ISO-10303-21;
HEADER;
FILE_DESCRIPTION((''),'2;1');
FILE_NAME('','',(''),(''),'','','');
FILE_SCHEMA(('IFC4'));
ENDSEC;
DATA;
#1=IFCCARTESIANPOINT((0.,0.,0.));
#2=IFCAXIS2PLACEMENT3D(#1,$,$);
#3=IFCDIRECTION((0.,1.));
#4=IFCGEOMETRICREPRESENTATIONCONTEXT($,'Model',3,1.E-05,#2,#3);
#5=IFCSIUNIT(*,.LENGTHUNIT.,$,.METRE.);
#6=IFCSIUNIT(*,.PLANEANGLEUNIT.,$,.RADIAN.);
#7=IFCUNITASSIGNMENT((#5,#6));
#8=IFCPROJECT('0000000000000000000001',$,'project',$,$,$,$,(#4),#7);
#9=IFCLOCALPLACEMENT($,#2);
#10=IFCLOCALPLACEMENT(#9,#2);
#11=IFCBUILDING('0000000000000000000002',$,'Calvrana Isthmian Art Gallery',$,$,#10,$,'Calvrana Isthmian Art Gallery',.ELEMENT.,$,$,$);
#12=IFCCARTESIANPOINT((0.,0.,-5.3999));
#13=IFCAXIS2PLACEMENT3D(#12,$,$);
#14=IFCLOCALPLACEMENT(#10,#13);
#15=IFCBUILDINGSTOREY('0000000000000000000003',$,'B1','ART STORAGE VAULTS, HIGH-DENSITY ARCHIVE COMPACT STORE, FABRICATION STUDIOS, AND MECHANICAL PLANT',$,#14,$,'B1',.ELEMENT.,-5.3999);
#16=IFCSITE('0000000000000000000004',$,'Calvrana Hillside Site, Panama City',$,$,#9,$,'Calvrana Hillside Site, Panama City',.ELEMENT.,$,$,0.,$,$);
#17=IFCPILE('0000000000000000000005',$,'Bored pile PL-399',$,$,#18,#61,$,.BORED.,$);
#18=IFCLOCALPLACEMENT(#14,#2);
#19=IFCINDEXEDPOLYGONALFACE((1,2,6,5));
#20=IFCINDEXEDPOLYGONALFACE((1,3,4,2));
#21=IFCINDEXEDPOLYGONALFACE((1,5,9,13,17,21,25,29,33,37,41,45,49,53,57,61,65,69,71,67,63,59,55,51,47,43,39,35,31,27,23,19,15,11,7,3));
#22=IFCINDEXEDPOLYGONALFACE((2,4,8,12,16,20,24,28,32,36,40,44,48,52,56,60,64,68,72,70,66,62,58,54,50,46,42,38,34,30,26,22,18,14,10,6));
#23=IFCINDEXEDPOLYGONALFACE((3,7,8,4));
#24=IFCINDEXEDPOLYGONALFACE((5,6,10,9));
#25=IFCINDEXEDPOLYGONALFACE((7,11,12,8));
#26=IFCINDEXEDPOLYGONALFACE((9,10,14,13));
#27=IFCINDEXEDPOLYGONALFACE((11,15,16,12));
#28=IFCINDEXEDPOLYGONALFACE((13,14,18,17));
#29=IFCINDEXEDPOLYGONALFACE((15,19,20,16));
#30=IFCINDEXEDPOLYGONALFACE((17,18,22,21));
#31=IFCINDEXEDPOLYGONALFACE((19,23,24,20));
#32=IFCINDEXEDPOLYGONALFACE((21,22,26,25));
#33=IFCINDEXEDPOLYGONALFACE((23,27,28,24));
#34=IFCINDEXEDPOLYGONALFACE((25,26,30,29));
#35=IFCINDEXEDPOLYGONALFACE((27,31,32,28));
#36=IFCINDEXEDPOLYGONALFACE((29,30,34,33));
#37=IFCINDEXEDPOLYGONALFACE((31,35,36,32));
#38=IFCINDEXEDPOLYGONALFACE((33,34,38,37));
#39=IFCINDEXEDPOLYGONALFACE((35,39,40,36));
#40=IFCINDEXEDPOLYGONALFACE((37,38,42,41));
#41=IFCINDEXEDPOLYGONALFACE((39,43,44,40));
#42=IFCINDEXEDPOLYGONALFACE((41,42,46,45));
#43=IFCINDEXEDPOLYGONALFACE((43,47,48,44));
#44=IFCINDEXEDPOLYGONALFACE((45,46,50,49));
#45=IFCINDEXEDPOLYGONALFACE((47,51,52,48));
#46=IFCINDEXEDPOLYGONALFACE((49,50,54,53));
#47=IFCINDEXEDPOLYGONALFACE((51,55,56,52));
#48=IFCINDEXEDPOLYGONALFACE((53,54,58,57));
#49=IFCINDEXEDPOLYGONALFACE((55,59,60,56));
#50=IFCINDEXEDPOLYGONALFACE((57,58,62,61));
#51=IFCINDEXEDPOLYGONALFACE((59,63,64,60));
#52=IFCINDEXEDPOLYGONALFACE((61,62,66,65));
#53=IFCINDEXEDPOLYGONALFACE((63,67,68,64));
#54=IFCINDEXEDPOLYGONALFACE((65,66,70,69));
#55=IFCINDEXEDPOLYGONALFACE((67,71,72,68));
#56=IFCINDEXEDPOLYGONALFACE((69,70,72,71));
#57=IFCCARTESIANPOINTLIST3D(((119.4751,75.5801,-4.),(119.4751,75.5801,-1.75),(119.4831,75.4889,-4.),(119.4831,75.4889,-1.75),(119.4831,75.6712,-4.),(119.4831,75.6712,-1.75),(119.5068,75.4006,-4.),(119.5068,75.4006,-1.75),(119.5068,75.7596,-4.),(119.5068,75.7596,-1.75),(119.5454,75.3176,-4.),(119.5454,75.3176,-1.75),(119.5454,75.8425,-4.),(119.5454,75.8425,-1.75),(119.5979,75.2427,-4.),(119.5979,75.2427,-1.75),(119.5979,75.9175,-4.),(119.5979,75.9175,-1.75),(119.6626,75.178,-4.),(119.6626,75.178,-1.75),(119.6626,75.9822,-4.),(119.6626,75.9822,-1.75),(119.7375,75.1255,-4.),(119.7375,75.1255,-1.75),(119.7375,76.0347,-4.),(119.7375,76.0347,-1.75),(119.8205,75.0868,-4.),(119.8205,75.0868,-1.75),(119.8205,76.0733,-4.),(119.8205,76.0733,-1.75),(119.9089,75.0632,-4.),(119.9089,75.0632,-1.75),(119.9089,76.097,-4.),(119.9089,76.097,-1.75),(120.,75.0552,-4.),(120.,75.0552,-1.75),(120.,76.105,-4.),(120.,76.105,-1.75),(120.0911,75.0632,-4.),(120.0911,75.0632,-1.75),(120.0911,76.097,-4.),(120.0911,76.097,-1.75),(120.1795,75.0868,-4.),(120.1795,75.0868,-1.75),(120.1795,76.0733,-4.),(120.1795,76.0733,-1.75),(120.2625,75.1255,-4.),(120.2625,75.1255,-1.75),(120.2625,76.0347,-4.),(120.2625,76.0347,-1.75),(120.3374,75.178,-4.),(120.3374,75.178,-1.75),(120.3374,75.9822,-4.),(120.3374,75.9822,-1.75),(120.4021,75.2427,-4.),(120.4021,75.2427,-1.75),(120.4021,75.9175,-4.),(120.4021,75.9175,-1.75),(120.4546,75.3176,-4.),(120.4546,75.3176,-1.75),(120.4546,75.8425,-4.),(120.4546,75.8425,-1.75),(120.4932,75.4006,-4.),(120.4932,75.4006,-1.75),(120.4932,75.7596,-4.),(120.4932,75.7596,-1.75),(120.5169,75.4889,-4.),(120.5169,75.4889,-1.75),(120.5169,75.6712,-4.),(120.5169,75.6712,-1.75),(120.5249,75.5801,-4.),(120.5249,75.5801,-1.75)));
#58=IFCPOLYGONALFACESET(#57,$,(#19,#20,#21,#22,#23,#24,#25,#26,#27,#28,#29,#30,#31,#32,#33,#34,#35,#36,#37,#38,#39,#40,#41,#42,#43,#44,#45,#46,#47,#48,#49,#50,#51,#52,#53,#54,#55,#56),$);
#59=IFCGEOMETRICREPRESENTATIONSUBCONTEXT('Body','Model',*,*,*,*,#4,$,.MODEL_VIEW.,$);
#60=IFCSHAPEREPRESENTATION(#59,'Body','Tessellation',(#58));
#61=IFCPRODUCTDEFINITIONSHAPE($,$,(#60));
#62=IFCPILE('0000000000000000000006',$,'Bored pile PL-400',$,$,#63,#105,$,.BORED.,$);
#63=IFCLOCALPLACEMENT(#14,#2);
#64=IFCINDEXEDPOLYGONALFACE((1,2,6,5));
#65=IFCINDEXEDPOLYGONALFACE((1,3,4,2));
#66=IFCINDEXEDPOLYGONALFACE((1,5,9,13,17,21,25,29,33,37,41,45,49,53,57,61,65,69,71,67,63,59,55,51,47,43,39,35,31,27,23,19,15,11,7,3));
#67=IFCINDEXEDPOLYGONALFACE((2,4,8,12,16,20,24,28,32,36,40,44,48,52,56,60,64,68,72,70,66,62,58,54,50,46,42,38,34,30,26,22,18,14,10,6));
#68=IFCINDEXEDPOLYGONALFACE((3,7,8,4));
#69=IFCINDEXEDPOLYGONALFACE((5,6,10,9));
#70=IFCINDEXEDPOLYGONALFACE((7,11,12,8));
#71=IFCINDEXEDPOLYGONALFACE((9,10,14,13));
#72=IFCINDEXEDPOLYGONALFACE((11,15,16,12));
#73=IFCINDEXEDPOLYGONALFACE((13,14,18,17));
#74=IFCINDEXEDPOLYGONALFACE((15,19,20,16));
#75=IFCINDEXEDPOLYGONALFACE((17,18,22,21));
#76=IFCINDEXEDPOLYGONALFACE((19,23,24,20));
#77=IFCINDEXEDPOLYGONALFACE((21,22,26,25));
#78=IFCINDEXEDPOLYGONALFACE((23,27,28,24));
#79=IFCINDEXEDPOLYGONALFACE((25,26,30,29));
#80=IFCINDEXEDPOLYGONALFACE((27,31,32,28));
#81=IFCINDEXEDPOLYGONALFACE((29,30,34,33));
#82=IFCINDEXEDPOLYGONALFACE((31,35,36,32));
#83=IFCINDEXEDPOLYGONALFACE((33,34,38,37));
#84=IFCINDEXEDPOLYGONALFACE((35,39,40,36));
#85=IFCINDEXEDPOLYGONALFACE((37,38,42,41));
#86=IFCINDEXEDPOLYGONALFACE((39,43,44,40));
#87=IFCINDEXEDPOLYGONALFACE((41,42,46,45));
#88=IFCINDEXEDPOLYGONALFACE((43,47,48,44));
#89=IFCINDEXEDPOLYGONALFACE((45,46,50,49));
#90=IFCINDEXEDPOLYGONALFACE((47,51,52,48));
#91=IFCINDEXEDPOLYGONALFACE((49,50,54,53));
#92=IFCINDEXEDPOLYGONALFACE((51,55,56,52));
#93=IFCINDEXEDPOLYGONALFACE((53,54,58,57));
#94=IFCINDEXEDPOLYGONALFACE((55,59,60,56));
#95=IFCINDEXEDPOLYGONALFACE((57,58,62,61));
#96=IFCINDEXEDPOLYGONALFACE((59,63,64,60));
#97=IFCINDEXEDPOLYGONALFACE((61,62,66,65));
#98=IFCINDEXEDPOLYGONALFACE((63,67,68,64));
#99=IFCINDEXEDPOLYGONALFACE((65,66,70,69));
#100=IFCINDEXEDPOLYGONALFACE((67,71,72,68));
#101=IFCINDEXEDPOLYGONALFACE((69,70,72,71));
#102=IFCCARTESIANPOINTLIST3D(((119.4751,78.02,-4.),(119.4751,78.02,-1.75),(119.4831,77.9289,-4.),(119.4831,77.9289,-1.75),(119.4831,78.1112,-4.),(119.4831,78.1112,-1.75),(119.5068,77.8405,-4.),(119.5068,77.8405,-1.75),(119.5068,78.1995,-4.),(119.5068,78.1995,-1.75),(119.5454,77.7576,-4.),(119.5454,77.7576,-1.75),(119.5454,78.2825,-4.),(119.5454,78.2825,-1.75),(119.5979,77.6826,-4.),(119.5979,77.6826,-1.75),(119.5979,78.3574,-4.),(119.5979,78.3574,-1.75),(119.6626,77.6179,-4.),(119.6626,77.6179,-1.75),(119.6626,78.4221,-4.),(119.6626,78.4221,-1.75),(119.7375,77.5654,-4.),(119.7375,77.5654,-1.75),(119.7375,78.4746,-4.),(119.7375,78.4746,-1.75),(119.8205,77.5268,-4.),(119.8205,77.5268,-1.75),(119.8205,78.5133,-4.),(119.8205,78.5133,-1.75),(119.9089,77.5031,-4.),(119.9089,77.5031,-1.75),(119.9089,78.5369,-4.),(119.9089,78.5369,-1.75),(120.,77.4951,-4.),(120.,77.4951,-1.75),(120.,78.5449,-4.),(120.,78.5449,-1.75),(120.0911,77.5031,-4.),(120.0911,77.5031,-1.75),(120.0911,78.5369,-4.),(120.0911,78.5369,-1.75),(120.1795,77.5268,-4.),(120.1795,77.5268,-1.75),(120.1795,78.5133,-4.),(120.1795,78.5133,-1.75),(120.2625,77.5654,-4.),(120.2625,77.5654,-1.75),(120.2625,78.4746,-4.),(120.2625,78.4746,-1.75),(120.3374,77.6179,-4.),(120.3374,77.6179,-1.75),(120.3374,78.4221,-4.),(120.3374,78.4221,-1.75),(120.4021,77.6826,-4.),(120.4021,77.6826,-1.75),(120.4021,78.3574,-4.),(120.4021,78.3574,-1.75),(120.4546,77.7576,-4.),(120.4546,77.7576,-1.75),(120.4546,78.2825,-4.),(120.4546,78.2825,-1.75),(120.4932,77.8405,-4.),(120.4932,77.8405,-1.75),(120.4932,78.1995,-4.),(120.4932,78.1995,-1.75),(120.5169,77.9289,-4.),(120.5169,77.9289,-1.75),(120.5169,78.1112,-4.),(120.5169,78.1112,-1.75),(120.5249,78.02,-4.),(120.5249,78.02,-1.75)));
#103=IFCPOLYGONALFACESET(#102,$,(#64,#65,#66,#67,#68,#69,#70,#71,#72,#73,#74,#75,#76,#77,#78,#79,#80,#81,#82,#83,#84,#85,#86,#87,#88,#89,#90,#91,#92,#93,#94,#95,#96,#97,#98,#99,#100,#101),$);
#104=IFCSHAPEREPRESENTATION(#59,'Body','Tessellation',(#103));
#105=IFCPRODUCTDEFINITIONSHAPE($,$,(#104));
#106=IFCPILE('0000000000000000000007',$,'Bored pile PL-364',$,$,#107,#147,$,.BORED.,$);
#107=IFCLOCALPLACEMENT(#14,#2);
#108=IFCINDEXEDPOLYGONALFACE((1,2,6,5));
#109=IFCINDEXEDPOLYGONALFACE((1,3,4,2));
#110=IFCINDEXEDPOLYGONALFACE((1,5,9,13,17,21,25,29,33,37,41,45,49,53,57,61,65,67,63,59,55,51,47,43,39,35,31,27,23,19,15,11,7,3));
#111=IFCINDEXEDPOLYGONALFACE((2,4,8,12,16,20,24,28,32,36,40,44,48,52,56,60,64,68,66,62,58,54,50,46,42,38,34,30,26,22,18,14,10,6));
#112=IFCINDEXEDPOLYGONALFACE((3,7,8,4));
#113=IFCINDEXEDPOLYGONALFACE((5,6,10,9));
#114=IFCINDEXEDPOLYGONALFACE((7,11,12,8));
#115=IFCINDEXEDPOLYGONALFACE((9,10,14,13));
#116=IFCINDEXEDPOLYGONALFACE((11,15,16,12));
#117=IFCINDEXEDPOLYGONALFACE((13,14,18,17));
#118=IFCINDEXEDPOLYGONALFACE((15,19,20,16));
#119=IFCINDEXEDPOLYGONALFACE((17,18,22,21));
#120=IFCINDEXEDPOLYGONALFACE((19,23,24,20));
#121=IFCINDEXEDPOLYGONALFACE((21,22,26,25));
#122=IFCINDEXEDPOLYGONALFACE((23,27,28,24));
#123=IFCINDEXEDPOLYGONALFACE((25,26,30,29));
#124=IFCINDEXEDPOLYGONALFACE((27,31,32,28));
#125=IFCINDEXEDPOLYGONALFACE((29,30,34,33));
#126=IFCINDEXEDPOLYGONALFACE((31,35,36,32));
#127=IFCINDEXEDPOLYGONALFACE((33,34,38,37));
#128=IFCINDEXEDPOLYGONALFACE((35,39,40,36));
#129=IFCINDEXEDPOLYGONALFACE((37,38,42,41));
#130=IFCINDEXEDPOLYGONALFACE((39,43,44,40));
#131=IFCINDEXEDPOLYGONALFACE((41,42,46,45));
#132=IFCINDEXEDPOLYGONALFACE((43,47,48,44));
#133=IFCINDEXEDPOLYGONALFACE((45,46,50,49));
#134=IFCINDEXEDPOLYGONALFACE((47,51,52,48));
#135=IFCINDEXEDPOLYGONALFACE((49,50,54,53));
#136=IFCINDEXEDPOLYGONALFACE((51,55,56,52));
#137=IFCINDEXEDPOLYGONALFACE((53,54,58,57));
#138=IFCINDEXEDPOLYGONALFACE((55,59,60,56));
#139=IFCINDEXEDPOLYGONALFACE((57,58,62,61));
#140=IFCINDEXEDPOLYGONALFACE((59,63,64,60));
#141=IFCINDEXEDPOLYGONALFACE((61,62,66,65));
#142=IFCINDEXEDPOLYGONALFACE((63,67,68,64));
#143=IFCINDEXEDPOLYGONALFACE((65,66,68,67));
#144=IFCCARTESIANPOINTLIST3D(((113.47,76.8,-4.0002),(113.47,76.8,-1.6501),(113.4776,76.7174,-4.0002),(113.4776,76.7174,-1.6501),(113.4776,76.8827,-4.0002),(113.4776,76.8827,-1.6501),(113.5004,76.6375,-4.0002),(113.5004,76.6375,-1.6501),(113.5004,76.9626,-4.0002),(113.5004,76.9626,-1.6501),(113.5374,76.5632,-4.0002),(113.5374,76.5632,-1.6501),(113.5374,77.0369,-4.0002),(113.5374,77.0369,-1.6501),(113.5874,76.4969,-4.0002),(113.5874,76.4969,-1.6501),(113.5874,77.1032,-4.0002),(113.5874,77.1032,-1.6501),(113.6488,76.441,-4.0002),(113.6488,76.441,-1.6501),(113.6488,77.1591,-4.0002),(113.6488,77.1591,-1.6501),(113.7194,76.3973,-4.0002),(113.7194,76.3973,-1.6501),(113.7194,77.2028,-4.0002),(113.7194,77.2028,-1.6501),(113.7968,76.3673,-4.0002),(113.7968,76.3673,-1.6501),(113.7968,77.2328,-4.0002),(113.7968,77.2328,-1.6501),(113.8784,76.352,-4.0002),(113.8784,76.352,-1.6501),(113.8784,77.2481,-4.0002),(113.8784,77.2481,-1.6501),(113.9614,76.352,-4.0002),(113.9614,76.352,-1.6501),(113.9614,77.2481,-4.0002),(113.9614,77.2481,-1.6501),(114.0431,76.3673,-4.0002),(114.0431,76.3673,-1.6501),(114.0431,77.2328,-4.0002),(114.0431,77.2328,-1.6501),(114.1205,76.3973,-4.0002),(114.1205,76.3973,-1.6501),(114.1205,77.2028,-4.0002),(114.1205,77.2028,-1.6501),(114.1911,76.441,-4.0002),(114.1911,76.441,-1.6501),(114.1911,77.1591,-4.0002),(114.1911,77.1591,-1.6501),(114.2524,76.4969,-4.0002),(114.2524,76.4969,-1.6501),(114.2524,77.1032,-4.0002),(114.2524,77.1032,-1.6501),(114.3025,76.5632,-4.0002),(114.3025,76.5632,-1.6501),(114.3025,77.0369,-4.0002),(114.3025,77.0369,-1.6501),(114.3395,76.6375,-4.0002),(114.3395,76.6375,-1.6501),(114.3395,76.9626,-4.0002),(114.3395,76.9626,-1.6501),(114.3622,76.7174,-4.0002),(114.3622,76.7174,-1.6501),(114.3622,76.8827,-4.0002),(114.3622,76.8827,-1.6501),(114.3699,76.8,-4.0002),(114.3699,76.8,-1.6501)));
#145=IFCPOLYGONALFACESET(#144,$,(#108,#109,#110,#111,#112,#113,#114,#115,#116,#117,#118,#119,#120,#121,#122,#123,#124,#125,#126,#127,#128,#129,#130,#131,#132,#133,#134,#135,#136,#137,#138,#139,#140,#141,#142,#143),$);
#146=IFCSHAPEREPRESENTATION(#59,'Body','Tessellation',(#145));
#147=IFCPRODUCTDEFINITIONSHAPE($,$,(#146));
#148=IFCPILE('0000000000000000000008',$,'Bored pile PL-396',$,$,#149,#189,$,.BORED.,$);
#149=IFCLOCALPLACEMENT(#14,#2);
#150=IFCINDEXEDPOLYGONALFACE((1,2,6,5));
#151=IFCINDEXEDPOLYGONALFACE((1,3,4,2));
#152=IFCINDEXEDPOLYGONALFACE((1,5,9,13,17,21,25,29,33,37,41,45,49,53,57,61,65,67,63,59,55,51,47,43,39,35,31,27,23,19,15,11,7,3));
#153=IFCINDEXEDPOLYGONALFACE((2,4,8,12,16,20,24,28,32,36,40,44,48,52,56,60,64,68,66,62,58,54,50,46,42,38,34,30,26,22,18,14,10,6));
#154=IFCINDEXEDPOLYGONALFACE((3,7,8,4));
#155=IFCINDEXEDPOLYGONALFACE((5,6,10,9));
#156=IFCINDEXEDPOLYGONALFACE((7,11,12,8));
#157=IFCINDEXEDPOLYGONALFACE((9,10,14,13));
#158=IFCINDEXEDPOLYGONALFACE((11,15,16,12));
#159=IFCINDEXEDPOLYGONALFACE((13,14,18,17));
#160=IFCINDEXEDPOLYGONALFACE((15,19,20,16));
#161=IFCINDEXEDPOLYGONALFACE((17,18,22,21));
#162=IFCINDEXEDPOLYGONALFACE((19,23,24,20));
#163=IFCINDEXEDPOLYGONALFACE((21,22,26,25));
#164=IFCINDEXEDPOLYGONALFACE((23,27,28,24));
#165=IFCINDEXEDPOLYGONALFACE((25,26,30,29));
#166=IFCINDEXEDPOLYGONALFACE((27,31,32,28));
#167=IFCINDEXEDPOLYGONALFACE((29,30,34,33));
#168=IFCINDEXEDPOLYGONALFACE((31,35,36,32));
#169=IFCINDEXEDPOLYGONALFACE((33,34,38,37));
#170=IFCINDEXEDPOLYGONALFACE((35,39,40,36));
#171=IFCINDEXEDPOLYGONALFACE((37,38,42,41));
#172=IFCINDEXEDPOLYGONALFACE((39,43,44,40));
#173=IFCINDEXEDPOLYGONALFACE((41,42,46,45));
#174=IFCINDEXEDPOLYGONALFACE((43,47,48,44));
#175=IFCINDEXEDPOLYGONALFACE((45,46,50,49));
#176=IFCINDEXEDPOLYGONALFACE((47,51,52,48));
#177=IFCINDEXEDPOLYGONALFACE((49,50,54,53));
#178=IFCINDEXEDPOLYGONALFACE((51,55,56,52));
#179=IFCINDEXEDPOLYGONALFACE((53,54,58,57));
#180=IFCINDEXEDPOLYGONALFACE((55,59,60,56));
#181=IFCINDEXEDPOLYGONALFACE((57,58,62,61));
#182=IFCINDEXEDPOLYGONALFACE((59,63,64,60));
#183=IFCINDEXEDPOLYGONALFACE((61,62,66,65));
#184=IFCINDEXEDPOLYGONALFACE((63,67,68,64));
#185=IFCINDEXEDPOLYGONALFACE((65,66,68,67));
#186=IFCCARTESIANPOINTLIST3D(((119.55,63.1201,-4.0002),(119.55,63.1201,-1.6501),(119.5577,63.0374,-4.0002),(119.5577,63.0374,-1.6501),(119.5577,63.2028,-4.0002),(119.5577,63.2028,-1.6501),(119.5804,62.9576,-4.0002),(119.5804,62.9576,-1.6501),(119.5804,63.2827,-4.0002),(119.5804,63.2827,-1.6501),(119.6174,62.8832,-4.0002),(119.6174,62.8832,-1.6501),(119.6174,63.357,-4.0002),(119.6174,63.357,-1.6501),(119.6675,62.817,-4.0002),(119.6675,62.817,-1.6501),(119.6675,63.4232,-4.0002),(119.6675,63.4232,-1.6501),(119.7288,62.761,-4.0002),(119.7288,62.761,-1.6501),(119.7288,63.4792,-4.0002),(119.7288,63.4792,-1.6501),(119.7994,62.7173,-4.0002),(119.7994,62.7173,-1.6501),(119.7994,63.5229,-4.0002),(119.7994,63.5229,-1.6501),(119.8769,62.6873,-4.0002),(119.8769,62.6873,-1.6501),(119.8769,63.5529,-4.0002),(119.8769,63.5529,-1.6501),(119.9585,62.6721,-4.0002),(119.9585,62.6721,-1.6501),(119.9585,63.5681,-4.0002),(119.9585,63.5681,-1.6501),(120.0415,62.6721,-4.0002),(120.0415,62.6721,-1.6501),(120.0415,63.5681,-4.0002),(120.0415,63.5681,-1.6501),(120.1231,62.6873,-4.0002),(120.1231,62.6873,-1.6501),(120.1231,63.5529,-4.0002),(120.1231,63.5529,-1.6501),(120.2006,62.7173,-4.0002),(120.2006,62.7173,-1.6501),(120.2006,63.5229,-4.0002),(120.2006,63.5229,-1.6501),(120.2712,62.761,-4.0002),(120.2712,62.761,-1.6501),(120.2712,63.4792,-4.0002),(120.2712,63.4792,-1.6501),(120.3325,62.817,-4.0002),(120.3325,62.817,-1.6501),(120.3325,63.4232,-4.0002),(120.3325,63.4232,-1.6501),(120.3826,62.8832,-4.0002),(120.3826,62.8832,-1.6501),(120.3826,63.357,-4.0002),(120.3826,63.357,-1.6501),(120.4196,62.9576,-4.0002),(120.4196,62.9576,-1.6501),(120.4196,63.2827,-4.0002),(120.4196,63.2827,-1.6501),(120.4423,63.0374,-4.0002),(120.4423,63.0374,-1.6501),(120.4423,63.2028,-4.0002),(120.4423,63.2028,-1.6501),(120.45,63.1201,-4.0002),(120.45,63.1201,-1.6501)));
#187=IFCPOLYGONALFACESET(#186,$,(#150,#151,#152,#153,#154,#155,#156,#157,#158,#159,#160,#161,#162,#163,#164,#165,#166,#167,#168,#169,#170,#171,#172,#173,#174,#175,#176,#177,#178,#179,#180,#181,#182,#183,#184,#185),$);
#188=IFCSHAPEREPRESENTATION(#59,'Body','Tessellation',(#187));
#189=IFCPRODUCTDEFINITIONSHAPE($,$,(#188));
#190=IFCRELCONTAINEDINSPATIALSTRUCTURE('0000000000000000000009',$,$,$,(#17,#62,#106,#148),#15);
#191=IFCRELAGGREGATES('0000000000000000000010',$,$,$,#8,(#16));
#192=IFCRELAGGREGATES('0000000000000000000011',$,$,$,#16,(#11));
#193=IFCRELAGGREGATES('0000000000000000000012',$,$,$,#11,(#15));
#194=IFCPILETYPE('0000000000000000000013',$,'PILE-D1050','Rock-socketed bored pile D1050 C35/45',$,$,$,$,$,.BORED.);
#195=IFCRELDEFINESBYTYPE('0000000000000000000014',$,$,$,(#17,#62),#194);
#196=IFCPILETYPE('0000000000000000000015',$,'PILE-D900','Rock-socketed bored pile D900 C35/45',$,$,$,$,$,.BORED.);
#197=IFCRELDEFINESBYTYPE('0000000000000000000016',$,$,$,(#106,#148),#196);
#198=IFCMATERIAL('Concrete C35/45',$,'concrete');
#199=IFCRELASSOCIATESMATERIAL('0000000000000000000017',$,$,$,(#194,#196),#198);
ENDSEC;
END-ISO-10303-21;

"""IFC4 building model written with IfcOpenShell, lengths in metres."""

from ifc_helpers import new_model, si_unit, direction, frame, origin, origin_2d, place, context, subcontext, project, spatial, circle, extrude, material, material_profile, profile_set, type_object, element, save


model = new_model("IFC4")

# Units and contexts
model_context = context("Model", 3, precision=1e-05, world=origin(), true_north=direction((0.0, 1.0)))
body_context = subcontext(model_context, "Body", "Model", "MODEL_VIEW")
ifc_project = project(units=[si_unit("LENGTHUNIT", "METRE"), si_unit("PLANEANGLEUNIT", "RADIAN")], contexts=[model_context])

# Site, building, storey
site_placement = place(None, origin())
site = spatial("IfcSite", under=ifc_project, at=site_placement, Name="Calvrana Hillside Site, Panama City", LongName="Calvrana Hillside Site, Panama City", CompositionType="ELEMENT", RefElevation=0.0)
building_placement = place(site_placement, origin())
building = spatial("IfcBuilding", under=site, at=building_placement, Name="Calvrana Isthmian Art Gallery", LongName="Calvrana Isthmian Art Gallery", CompositionType="ELEMENT")
storey_placement = place(building_placement, frame((0.0, 0.0, -5.3999)))
storey = spatial("IfcBuildingStorey", under=building, at=storey_placement, Name="B1", Description="ART STORAGE VAULTS, HIGH-DENSITY ARCHIVE COMPACT STORE, FABRICATION STUDIOS, AND MECHANICAL PLANT", LongName="B1", CompositionType="ELEMENT", Elevation=-5.3999)

# Shared definitions
ifc_material_1 = material(Name="Concrete C35/45", Category="concrete")

# Piles
ifc_material_profile_1 = material_profile(ifc_material_1, circle(Radius=0.5249, at=origin_2d()), Name="PILE1050D")
ifc_profile_set_1 = profile_set([ifc_material_profile_1], Name="Concrete C35/45")
pile_type_1 = type_object("IfcPileType", Name="PILE-D1050", Description="Rock-socketed bored pile D1050 C35/45", PredefinedType="BORED", material=ifc_profile_set_1)
for number, where, z_axis, x_axis, name in (
    (1, (120.0, 75.5801, -1.75), (0.0, 0.0, -1.0), (1.0, 0.0, 0.0), "Bored pile PL-399"),
    (2, (120.0, 78.02, -1.75), (0.0, 0.0, -1.0), (1.0, 0.0, 0.0), "Bored pile PL-400"),
):
    element("IfcPile", number, at=place(storey_placement, frame(where, z_axis=z_axis, x_axis=x_axis)), inside=storey, type_object=pile_type_1, Name=name, PredefinedType="BORED", context=body_context, shape_type="SweptSolid", body=[
        extrude(circle(Radius=0.5249, at=origin_2d()), origin(), (0.0, 0.0, 1.0), 2.25),
    ])
ifc_material_profile_2 = material_profile(ifc_material_1, circle(Radius=0.45, at=origin_2d()), Name="PILE900D")
ifc_profile_set_2 = profile_set([ifc_material_profile_2], Name="Concrete C35/45")
pile_type_2 = type_object("IfcPileType", Name="PILE-D900", Description="Rock-socketed bored pile D900 C35/45", PredefinedType="BORED", material=ifc_profile_set_2)
for number, where, z_axis, x_axis, name in (
    (3, (113.9199, 76.8, -1.6501), (0.0, 0.0, -1.0), (1.0, 0.0, 0.0), "Bored pile PL-364"),
    (4, (120.0, 63.1201, -1.6501), (0.0, 0.0, -1.0), (1.0, 0.0, 0.0), "Bored pile PL-396"),
):
    element("IfcPile", number, at=place(storey_placement, frame(where, z_axis=z_axis, x_axis=x_axis)), inside=storey, type_object=pile_type_2, Name=name, PredefinedType="BORED", context=body_context, shape_type="SweptSolid", body=[
        extrude(circle(Radius=0.45, at=origin_2d()), origin(), (0.0, 0.0, 1.0), 2.3501),
    ])

save(model, "model.ifc")
